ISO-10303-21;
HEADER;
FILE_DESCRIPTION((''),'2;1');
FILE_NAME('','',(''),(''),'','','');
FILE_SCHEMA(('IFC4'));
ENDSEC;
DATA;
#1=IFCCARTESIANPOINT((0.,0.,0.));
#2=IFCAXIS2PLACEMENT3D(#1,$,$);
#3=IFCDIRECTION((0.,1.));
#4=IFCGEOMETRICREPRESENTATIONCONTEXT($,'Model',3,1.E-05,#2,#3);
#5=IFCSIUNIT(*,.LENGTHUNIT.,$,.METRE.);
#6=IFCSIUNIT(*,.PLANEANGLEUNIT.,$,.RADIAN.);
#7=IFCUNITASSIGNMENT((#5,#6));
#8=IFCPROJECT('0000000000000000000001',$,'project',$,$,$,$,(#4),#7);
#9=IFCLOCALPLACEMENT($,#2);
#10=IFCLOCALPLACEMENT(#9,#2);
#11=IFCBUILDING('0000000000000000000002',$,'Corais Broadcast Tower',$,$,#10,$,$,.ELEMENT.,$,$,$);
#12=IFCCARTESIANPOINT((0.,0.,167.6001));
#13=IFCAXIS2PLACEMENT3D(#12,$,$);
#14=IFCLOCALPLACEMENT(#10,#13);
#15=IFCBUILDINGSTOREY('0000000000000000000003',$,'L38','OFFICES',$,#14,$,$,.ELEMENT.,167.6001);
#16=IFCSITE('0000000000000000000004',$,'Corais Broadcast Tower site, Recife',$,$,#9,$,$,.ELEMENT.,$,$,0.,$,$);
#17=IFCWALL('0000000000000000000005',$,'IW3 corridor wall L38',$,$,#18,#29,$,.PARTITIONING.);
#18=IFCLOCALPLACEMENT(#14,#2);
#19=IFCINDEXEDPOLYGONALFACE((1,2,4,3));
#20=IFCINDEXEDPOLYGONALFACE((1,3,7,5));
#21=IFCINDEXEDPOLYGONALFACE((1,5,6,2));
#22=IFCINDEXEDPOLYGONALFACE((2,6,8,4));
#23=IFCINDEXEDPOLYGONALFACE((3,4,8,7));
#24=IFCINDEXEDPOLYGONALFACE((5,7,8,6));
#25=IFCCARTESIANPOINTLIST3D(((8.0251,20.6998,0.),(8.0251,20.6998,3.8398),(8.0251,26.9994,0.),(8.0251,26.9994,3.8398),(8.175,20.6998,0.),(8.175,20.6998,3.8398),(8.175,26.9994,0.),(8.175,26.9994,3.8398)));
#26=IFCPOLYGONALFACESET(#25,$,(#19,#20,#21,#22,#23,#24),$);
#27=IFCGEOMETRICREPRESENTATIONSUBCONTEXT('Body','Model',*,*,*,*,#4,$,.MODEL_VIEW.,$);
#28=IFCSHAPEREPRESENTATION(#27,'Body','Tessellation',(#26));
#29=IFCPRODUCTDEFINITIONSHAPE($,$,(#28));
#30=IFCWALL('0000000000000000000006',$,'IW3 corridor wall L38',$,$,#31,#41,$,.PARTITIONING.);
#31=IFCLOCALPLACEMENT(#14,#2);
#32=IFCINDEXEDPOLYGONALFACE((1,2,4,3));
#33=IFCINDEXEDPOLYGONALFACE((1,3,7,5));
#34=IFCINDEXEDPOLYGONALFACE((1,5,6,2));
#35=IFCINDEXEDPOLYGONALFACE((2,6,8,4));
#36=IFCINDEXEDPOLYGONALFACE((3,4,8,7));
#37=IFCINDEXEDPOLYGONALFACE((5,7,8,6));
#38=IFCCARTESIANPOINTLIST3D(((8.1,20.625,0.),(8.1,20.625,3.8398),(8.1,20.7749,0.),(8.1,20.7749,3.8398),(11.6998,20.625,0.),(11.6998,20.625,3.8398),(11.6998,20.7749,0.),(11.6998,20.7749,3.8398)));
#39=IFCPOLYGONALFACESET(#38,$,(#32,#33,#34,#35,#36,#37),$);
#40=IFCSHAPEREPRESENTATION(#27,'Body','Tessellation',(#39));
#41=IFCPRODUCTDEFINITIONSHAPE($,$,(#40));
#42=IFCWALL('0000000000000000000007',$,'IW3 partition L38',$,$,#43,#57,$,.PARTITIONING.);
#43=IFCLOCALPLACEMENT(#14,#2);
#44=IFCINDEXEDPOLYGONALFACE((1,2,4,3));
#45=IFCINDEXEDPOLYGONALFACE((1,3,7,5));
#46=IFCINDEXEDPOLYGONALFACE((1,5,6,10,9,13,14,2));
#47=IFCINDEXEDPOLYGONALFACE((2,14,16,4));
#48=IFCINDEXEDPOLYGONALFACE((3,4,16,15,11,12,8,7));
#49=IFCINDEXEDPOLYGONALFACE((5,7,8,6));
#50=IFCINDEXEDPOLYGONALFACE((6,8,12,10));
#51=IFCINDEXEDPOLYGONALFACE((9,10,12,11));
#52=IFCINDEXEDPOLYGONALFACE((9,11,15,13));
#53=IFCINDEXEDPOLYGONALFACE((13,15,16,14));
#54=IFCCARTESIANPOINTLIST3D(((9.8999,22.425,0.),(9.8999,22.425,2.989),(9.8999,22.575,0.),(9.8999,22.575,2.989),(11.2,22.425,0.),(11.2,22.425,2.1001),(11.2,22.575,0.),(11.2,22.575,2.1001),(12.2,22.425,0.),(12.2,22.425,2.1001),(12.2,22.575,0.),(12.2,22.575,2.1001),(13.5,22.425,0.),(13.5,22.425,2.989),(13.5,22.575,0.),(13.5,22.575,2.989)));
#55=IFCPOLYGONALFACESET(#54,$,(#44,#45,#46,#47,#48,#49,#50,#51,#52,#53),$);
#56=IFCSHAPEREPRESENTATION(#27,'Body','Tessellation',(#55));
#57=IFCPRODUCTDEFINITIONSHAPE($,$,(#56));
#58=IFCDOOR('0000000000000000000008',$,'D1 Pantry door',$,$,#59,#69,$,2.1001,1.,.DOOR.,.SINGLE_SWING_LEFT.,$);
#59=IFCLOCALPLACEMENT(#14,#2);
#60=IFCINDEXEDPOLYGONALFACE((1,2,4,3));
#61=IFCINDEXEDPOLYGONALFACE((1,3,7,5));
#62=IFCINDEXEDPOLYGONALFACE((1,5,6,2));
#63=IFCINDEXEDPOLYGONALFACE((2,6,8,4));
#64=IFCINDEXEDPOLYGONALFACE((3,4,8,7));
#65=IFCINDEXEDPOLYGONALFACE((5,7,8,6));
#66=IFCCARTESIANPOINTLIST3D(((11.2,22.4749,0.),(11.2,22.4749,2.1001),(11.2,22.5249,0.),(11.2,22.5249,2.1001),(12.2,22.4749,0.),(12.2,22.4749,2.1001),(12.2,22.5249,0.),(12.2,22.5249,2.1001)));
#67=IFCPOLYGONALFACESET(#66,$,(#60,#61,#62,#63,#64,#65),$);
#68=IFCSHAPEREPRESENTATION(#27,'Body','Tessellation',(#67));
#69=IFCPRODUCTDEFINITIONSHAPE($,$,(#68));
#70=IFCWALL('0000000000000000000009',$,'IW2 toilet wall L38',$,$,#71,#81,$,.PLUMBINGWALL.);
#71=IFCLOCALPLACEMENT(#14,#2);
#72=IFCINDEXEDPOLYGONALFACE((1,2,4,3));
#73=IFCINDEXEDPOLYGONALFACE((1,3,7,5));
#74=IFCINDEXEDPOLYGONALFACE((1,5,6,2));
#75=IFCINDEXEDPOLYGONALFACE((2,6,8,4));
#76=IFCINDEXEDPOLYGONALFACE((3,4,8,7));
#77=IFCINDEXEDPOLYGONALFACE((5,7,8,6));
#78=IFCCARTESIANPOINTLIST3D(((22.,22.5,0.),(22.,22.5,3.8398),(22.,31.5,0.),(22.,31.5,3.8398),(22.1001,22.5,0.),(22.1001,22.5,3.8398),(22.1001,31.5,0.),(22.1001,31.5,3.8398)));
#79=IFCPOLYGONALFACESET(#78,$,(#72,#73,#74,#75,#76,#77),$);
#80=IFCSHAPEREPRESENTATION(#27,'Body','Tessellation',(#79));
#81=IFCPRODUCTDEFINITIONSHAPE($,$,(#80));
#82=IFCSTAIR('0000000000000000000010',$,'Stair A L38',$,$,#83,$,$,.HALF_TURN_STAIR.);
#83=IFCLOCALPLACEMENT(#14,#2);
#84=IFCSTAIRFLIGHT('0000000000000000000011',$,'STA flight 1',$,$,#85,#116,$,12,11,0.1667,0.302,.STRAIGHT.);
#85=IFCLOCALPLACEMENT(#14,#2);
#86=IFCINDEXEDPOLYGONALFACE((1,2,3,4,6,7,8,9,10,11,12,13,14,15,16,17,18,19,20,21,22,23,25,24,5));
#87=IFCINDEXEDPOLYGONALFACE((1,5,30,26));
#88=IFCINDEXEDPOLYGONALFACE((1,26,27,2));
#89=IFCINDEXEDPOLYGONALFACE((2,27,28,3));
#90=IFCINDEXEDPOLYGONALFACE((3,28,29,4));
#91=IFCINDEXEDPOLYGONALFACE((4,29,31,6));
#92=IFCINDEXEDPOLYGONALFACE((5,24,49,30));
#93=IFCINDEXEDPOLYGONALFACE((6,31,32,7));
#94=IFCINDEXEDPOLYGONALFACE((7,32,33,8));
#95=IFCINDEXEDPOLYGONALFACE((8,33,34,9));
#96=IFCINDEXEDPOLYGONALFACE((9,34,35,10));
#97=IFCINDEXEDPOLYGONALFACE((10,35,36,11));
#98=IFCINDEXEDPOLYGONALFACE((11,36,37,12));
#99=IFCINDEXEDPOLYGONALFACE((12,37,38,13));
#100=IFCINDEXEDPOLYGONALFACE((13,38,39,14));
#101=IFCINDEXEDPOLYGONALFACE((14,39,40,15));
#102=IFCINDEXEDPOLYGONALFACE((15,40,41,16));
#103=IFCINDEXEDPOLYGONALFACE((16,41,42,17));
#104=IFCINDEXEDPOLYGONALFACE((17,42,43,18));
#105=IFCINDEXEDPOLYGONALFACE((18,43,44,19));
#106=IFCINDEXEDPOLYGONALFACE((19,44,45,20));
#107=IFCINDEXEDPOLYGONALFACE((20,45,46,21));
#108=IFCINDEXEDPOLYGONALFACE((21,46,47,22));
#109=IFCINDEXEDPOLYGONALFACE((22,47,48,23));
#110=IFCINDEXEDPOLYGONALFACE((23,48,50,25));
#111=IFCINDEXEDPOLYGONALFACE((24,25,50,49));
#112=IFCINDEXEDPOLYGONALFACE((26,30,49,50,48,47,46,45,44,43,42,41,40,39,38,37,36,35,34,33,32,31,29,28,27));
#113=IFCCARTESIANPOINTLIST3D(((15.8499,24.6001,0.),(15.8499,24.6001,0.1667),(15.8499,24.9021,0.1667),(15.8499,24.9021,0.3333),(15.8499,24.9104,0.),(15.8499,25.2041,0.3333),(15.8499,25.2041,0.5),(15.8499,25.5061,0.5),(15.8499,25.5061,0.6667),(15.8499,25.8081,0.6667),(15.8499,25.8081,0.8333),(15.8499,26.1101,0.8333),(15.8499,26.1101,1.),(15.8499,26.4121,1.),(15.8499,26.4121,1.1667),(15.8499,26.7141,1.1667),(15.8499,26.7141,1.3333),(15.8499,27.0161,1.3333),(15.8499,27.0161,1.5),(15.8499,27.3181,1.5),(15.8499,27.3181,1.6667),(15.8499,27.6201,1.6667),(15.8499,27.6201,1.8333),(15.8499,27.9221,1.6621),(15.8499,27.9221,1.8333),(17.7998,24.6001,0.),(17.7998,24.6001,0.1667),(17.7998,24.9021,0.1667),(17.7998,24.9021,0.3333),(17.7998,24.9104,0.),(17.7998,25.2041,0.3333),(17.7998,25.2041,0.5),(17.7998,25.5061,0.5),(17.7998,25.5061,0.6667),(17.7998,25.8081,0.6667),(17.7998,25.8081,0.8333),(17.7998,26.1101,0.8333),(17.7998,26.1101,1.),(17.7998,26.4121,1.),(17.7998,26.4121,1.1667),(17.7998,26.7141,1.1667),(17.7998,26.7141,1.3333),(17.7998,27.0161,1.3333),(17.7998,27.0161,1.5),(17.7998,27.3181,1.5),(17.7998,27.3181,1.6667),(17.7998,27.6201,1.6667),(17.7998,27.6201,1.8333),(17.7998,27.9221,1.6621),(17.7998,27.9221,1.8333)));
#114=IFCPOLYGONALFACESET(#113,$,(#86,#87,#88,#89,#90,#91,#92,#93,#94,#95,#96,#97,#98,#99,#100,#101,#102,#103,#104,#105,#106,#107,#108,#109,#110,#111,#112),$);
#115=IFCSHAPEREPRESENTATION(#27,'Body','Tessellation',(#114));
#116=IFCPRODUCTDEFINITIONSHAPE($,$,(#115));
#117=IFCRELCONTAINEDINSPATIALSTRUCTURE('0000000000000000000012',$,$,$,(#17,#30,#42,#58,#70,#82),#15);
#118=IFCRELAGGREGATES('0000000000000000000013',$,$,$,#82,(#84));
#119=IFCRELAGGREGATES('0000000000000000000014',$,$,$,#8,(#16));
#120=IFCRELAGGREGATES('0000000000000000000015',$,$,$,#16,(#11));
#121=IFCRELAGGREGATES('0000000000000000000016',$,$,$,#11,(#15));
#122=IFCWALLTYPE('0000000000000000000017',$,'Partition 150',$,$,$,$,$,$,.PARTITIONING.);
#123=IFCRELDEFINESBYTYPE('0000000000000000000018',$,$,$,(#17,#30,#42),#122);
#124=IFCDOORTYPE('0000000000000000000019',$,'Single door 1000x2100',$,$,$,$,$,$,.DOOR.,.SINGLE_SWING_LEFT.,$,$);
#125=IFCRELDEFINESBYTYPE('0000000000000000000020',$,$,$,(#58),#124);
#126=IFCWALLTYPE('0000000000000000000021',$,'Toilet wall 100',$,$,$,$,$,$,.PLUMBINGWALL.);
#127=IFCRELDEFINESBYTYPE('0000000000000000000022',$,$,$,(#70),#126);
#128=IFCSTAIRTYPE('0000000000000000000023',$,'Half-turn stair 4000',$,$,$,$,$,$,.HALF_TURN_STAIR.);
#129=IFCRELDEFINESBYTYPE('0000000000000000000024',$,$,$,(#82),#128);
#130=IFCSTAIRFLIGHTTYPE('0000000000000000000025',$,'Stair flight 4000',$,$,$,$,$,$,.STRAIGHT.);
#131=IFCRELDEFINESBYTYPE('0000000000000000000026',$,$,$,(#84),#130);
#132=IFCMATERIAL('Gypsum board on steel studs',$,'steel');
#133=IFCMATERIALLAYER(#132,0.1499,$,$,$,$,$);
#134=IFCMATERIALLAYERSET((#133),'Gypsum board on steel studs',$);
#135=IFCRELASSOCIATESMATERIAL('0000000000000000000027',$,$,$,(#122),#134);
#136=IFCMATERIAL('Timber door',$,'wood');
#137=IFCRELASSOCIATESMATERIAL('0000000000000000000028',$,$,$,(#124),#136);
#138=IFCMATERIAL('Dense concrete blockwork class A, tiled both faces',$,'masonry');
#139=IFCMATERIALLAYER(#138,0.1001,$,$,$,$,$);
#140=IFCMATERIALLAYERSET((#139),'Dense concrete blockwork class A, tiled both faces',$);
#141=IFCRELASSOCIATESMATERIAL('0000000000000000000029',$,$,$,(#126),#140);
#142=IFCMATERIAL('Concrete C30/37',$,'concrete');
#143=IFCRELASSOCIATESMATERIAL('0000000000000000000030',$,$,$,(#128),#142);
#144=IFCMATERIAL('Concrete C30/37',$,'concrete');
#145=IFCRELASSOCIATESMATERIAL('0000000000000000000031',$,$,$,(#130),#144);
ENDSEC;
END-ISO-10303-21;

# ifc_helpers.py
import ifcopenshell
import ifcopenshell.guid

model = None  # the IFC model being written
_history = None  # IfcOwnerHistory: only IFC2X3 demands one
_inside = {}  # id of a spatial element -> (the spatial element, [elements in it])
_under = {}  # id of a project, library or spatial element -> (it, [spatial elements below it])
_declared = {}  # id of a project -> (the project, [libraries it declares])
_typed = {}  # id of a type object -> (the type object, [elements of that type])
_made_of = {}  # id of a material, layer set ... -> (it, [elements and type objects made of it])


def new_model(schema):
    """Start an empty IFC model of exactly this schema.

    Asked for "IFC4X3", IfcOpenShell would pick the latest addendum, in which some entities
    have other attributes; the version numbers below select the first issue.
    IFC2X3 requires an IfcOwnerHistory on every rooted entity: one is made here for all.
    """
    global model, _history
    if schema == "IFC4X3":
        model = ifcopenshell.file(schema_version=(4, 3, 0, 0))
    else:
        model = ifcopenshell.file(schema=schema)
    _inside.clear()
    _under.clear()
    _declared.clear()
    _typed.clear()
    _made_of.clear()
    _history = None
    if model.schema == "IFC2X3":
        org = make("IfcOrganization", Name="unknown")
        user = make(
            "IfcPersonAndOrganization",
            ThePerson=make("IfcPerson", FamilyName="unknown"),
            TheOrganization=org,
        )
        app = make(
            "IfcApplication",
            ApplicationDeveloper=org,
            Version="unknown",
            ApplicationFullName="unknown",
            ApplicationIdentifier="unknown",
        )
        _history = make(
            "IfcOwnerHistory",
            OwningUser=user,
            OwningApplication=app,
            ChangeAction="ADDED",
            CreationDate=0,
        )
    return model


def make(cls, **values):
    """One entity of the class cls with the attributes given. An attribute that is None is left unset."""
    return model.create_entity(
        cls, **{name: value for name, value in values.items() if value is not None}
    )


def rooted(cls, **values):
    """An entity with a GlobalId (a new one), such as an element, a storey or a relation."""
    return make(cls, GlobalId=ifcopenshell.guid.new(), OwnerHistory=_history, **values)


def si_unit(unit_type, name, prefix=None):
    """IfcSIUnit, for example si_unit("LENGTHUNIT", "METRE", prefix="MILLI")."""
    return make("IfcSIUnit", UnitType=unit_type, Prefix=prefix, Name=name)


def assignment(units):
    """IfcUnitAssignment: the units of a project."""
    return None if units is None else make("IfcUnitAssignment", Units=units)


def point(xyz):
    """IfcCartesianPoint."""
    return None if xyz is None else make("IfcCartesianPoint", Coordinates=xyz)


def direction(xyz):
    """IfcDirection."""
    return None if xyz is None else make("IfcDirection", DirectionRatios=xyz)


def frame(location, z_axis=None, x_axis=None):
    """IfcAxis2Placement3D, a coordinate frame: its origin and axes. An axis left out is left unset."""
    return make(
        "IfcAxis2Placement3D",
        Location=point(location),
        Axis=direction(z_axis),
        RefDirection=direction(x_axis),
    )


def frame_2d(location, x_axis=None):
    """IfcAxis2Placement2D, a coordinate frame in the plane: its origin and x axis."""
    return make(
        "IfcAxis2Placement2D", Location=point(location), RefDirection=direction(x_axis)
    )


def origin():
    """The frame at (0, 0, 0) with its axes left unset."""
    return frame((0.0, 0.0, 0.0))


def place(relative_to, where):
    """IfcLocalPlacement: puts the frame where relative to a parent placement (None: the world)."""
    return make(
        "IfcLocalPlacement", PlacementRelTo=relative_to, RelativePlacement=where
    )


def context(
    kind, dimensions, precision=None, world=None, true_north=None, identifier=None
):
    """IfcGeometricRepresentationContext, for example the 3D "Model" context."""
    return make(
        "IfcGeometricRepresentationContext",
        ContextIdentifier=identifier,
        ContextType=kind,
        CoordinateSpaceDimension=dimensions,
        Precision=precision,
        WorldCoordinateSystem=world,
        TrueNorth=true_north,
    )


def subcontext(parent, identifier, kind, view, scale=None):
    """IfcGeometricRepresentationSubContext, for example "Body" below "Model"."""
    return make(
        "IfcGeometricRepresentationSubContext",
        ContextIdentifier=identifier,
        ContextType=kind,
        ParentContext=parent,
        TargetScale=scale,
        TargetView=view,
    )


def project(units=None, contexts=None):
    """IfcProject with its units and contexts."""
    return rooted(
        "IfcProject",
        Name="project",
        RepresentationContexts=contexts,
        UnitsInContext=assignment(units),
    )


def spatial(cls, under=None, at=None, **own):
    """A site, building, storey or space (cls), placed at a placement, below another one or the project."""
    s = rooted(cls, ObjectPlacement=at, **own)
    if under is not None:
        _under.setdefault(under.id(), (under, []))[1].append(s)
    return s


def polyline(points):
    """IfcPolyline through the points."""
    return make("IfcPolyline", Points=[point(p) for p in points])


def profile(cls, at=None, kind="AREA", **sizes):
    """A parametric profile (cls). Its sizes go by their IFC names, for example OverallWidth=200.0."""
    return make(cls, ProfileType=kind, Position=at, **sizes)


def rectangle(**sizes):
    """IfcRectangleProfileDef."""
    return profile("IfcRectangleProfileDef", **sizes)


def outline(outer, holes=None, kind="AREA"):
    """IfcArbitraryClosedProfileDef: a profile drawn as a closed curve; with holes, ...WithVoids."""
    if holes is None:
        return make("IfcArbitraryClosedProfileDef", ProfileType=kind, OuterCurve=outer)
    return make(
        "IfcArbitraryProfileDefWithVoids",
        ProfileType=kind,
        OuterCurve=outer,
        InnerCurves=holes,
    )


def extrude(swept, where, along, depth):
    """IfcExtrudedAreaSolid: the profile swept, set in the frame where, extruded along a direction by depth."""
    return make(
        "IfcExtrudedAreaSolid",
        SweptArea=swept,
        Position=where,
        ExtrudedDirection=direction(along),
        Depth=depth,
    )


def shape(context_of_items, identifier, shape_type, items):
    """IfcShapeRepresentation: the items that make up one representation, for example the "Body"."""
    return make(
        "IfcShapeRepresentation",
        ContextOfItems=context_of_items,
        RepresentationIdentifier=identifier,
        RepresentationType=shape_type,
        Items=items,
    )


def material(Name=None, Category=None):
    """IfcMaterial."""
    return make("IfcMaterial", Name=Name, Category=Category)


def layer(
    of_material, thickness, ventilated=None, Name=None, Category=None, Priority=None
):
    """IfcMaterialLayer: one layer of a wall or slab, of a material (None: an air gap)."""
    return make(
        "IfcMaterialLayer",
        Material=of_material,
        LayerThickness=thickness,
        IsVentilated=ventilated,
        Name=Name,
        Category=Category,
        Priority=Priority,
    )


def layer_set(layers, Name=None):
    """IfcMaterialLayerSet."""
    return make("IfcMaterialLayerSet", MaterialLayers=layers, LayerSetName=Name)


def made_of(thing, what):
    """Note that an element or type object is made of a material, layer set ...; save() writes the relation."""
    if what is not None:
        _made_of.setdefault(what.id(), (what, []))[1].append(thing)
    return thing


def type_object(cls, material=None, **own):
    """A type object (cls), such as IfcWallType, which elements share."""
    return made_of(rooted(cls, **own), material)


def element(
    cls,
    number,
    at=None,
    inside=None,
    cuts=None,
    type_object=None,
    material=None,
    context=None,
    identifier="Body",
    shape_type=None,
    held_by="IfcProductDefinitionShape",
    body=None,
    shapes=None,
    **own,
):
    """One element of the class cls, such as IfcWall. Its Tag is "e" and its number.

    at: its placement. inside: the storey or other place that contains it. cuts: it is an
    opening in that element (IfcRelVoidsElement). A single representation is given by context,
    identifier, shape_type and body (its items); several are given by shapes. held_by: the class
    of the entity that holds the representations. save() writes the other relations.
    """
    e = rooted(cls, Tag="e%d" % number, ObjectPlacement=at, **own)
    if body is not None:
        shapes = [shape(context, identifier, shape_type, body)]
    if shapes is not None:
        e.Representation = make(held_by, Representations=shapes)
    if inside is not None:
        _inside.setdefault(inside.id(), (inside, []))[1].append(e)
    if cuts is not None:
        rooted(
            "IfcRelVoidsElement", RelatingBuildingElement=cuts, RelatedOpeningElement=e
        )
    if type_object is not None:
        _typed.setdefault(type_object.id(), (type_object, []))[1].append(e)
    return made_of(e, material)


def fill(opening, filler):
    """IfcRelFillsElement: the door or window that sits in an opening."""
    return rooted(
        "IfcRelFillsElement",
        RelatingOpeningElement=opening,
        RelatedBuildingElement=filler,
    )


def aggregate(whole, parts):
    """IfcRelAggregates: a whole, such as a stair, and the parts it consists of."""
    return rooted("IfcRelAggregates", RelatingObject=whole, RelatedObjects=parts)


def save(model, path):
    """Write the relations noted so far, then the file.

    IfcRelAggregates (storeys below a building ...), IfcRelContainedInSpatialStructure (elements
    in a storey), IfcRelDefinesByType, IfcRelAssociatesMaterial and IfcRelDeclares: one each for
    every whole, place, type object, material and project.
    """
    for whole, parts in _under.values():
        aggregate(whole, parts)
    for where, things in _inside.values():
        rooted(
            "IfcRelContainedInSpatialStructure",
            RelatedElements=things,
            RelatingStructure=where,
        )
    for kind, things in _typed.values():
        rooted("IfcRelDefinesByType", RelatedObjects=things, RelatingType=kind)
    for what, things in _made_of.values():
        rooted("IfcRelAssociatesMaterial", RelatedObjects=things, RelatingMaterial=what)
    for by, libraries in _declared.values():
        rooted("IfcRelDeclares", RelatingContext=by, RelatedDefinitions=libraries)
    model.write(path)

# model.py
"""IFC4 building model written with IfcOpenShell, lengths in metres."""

from ifc_helpers import new_model, si_unit, direction, frame, frame_2d, origin, place, context, subcontext, project, spatial, polyline, rectangle, outline, extrude, material, layer, layer_set, type_object, element, fill, aggregate, save


model = new_model("IFC4")

# Units and contexts
model_context = context("Model", 3, precision=1e-05, world=origin(), true_north=direction((0.0, 1.0)))
body_context = subcontext(model_context, "Body", "Model", "MODEL_VIEW")
ifc_project = project(units=[si_unit("LENGTHUNIT", "METRE"), si_unit("PLANEANGLEUNIT", "RADIAN")], contexts=[model_context])

# Site, building, storey
site_placement = place(None, origin())
site = spatial("IfcSite", under=ifc_project, at=site_placement, Name="Corais Broadcast Tower site, Recife", CompositionType="ELEMENT", RefElevation=0.0)
building_placement = place(site_placement, origin())
building = spatial("IfcBuilding", under=site, at=building_placement, Name="Corais Broadcast Tower", CompositionType="ELEMENT")
storey_placement = place(building_placement, frame((0.0, 0.0, 167.6001)))
storey = spatial("IfcBuildingStorey", under=building, at=storey_placement, Name="L38", Description="OFFICES", CompositionType="ELEMENT", Elevation=167.6001)

# Shared definitions
ifc_material_1 = material(Name="Gypsum board on steel studs", Category="steel")
ifc_layer_1 = layer(ifc_material_1, 0.1499)
ifc_layer_set_1 = layer_set([ifc_layer_1], Name="Gypsum board on steel studs")
wall_type_1 = type_object("IfcWallType", Name="Partition 150", PredefinedType="PARTITIONING", material=ifc_layer_set_1)
ifc_material_2 = material(Name="Timber door", Category="wood")
door_type_1 = type_object("IfcDoorType", Name="Single door 1000x2100", OperationType="SINGLE_SWING_LEFT", PredefinedType="DOOR", material=ifc_material_2)

# Walls
wall_1_placement = place(storey_placement, frame((8.1001, 26.9995, 0.0), z_axis=(0.0, 0.0, 1.0), x_axis=(0.0, -1.0, 0.0)))
element("IfcWall", 1, at=wall_1_placement, inside=storey, type_object=wall_type_1, Name="IW3 corridor wall L38", PredefinedType="PARTITIONING", context=body_context, shape_type="SweptSolid", body=[
    extrude(rectangle(XDim=6.2996, YDim=0.1499, at=frame_2d((3.1499, 0.0))), origin(), (0.0, 0.0, 1.0), 3.8398),
])
wall_2_placement = place(storey_placement, frame((8.1001, 20.7, 0.0), z_axis=(0.0, 0.0, 1.0), x_axis=(1.0, 0.0, 0.0)))
element("IfcWall", 2, at=wall_2_placement, inside=storey, type_object=wall_type_1, Name="IW3 corridor wall L38", PredefinedType="PARTITIONING", context=body_context, shape_type="SweptSolid", body=[
    extrude(rectangle(XDim=3.5999, YDim=0.1499, at=frame_2d((1.7998, 0.0))), origin(), (0.0, 0.0, 1.0), 3.8398),
])

# Wall, opening, door
wall_3_placement = place(storey_placement, frame((9.8999, 22.5, 0.0), z_axis=(0.0, 0.0, 1.0), x_axis=(1.0, 0.0, 0.0)))
wall_3 = element("IfcWall", 3, at=wall_3_placement, inside=storey, type_object=wall_type_1, Name="IW3 partition L38", PredefinedType="PARTITIONING", context=body_context, shape_type="SweptSolid", body=[
    extrude(rectangle(XDim=3.6001, YDim=0.1499, at=frame_2d((1.8, 0.0))), origin(), (0.0, 0.0, 1.0), 2.989),
])
opening_1_placement = place(wall_3_placement, frame((1.3, 0.0, 0.0)))
opening_1 = element("IfcOpeningElement", 4, at=opening_1_placement, cuts=wall_3, PredefinedType="OPENING", context=body_context, shape_type="SweptSolid", body=[
    extrude(rectangle(XDim=1.0, YDim=2.1001, at=frame_2d((0.5, 1.05))), frame((0.0, 0.085, 0.0), z_axis=(0.0, -1.0, 0.0), x_axis=(1.0, 0.0, 0.0)), (0.0, 0.0, 1.0), 0.1699),
])
door_1_placement = place(opening_1_placement, origin())
door_1 = element("IfcDoor", 5, at=door_1_placement, inside=storey, type_object=door_type_1, Name="D1 Pantry door", OperationType="SINGLE_SWING_LEFT", OverallHeight=2.1001, OverallWidth=1.0, PredefinedType="DOOR", context=body_context, shape_type="SweptSolid", body=[
    extrude(rectangle(XDim=1.0, YDim=2.1001, at=frame_2d((0.5, 1.05))), frame((0.0, 0.0249, 0.0), z_axis=(0.0, -1.0, 0.0), x_axis=(1.0, 0.0, 0.0)), (0.0, 0.0, 1.0), 0.05),
])
fill(opening_1, door_1)

# Wall
ifc_material_3 = material(Name="Dense concrete blockwork class A, tiled both faces", Category="masonry")
ifc_layer_2 = layer(ifc_material_3, 0.1001)
ifc_layer_set_2 = layer_set([ifc_layer_2], Name="Dense concrete blockwork class A, tiled both faces")
wall_type_2 = type_object("IfcWallType", Name="Toilet wall 100", PredefinedType="PLUMBINGWALL", material=ifc_layer_set_2)
wall_4_placement = place(storey_placement, frame((22.05, 22.5, 0.0), z_axis=(0.0, 0.0, 1.0), x_axis=(0.0, 1.0, 0.0)))
element("IfcWall", 6, at=wall_4_placement, inside=storey, type_object=wall_type_2, Name="IW2 toilet wall L38", PredefinedType="PLUMBINGWALL", context=body_context, shape_type="SweptSolid", body=[
    extrude(rectangle(XDim=9.0, YDim=0.1001, at=frame_2d((4.5, 0.0))), origin(), (0.0, 0.0, 1.0), 3.8398),
])

# Stair, stair flight
ifc_material_4 = material(Name="Concrete C30/37", Category="concrete")
stair_type = type_object("IfcStairType", Name="Half-turn stair 4000", PredefinedType="HALF_TURN_STAIR", material=ifc_material_4)
stair_placement = place(storey_placement, origin())
stair = element("IfcStair", 7, at=stair_placement, inside=storey, type_object=stair_type, Name="Stair A L38", PredefinedType="HALF_TURN_STAIR")
ifc_material_5 = material(Name="Concrete C30/37", Category="concrete")
stair_flight_type = type_object("IfcStairFlightType", Name="Stair flight 4000", PredefinedType="STRAIGHT", material=ifc_material_5)
stair_flight_placement = place(storey_placement, frame((16.825, 24.6001, 0.0), z_axis=(0.0, 0.0, 1.0), x_axis=(0.0, 1.0, 0.0)))
stair_flight = element("IfcStairFlight", 8, at=stair_flight_placement, type_object=stair_flight_type, Name="STA flight 1", NumberOfRisers=12, NumberOfTreads=11, PredefinedType="STRAIGHT", RiserHeight=0.1667, TreadLength=0.302, context=body_context, shape_type="SweptSolid", body=[
    extrude(outline(polyline([(0.0, 0.0), (0.0, 0.1667), (0.302, 0.1667), (0.302, 0.3333), (0.604, 0.3333), (0.604, 0.5), (0.906, 0.5), (0.906, 0.6667), (1.208, 0.6667), (1.208, 0.8333), (1.51, 0.8333), (1.51, 1.0), (1.812, 1.0), (1.812, 1.1667), (2.114, 1.1667), (2.114, 1.3333), (2.416, 1.3333), (2.416, 1.5), (2.718, 1.5), (2.718, 1.6667), (3.02, 1.6667), (3.02, 1.8333), (3.322, 1.8333), (3.322, 2.0), (3.322, 1.6621), (0.3103, 0.0), (0.0, 0.0)])), frame((0.0, 0.9751, 0.0), z_axis=(0.0, -1.0, 0.0), x_axis=(1.0, 0.0, 0.0)), (0.0, 0.0, 1.0), 1.95),
])
aggregate(stair, [stair_flight])

save(model, "model.ifc")
